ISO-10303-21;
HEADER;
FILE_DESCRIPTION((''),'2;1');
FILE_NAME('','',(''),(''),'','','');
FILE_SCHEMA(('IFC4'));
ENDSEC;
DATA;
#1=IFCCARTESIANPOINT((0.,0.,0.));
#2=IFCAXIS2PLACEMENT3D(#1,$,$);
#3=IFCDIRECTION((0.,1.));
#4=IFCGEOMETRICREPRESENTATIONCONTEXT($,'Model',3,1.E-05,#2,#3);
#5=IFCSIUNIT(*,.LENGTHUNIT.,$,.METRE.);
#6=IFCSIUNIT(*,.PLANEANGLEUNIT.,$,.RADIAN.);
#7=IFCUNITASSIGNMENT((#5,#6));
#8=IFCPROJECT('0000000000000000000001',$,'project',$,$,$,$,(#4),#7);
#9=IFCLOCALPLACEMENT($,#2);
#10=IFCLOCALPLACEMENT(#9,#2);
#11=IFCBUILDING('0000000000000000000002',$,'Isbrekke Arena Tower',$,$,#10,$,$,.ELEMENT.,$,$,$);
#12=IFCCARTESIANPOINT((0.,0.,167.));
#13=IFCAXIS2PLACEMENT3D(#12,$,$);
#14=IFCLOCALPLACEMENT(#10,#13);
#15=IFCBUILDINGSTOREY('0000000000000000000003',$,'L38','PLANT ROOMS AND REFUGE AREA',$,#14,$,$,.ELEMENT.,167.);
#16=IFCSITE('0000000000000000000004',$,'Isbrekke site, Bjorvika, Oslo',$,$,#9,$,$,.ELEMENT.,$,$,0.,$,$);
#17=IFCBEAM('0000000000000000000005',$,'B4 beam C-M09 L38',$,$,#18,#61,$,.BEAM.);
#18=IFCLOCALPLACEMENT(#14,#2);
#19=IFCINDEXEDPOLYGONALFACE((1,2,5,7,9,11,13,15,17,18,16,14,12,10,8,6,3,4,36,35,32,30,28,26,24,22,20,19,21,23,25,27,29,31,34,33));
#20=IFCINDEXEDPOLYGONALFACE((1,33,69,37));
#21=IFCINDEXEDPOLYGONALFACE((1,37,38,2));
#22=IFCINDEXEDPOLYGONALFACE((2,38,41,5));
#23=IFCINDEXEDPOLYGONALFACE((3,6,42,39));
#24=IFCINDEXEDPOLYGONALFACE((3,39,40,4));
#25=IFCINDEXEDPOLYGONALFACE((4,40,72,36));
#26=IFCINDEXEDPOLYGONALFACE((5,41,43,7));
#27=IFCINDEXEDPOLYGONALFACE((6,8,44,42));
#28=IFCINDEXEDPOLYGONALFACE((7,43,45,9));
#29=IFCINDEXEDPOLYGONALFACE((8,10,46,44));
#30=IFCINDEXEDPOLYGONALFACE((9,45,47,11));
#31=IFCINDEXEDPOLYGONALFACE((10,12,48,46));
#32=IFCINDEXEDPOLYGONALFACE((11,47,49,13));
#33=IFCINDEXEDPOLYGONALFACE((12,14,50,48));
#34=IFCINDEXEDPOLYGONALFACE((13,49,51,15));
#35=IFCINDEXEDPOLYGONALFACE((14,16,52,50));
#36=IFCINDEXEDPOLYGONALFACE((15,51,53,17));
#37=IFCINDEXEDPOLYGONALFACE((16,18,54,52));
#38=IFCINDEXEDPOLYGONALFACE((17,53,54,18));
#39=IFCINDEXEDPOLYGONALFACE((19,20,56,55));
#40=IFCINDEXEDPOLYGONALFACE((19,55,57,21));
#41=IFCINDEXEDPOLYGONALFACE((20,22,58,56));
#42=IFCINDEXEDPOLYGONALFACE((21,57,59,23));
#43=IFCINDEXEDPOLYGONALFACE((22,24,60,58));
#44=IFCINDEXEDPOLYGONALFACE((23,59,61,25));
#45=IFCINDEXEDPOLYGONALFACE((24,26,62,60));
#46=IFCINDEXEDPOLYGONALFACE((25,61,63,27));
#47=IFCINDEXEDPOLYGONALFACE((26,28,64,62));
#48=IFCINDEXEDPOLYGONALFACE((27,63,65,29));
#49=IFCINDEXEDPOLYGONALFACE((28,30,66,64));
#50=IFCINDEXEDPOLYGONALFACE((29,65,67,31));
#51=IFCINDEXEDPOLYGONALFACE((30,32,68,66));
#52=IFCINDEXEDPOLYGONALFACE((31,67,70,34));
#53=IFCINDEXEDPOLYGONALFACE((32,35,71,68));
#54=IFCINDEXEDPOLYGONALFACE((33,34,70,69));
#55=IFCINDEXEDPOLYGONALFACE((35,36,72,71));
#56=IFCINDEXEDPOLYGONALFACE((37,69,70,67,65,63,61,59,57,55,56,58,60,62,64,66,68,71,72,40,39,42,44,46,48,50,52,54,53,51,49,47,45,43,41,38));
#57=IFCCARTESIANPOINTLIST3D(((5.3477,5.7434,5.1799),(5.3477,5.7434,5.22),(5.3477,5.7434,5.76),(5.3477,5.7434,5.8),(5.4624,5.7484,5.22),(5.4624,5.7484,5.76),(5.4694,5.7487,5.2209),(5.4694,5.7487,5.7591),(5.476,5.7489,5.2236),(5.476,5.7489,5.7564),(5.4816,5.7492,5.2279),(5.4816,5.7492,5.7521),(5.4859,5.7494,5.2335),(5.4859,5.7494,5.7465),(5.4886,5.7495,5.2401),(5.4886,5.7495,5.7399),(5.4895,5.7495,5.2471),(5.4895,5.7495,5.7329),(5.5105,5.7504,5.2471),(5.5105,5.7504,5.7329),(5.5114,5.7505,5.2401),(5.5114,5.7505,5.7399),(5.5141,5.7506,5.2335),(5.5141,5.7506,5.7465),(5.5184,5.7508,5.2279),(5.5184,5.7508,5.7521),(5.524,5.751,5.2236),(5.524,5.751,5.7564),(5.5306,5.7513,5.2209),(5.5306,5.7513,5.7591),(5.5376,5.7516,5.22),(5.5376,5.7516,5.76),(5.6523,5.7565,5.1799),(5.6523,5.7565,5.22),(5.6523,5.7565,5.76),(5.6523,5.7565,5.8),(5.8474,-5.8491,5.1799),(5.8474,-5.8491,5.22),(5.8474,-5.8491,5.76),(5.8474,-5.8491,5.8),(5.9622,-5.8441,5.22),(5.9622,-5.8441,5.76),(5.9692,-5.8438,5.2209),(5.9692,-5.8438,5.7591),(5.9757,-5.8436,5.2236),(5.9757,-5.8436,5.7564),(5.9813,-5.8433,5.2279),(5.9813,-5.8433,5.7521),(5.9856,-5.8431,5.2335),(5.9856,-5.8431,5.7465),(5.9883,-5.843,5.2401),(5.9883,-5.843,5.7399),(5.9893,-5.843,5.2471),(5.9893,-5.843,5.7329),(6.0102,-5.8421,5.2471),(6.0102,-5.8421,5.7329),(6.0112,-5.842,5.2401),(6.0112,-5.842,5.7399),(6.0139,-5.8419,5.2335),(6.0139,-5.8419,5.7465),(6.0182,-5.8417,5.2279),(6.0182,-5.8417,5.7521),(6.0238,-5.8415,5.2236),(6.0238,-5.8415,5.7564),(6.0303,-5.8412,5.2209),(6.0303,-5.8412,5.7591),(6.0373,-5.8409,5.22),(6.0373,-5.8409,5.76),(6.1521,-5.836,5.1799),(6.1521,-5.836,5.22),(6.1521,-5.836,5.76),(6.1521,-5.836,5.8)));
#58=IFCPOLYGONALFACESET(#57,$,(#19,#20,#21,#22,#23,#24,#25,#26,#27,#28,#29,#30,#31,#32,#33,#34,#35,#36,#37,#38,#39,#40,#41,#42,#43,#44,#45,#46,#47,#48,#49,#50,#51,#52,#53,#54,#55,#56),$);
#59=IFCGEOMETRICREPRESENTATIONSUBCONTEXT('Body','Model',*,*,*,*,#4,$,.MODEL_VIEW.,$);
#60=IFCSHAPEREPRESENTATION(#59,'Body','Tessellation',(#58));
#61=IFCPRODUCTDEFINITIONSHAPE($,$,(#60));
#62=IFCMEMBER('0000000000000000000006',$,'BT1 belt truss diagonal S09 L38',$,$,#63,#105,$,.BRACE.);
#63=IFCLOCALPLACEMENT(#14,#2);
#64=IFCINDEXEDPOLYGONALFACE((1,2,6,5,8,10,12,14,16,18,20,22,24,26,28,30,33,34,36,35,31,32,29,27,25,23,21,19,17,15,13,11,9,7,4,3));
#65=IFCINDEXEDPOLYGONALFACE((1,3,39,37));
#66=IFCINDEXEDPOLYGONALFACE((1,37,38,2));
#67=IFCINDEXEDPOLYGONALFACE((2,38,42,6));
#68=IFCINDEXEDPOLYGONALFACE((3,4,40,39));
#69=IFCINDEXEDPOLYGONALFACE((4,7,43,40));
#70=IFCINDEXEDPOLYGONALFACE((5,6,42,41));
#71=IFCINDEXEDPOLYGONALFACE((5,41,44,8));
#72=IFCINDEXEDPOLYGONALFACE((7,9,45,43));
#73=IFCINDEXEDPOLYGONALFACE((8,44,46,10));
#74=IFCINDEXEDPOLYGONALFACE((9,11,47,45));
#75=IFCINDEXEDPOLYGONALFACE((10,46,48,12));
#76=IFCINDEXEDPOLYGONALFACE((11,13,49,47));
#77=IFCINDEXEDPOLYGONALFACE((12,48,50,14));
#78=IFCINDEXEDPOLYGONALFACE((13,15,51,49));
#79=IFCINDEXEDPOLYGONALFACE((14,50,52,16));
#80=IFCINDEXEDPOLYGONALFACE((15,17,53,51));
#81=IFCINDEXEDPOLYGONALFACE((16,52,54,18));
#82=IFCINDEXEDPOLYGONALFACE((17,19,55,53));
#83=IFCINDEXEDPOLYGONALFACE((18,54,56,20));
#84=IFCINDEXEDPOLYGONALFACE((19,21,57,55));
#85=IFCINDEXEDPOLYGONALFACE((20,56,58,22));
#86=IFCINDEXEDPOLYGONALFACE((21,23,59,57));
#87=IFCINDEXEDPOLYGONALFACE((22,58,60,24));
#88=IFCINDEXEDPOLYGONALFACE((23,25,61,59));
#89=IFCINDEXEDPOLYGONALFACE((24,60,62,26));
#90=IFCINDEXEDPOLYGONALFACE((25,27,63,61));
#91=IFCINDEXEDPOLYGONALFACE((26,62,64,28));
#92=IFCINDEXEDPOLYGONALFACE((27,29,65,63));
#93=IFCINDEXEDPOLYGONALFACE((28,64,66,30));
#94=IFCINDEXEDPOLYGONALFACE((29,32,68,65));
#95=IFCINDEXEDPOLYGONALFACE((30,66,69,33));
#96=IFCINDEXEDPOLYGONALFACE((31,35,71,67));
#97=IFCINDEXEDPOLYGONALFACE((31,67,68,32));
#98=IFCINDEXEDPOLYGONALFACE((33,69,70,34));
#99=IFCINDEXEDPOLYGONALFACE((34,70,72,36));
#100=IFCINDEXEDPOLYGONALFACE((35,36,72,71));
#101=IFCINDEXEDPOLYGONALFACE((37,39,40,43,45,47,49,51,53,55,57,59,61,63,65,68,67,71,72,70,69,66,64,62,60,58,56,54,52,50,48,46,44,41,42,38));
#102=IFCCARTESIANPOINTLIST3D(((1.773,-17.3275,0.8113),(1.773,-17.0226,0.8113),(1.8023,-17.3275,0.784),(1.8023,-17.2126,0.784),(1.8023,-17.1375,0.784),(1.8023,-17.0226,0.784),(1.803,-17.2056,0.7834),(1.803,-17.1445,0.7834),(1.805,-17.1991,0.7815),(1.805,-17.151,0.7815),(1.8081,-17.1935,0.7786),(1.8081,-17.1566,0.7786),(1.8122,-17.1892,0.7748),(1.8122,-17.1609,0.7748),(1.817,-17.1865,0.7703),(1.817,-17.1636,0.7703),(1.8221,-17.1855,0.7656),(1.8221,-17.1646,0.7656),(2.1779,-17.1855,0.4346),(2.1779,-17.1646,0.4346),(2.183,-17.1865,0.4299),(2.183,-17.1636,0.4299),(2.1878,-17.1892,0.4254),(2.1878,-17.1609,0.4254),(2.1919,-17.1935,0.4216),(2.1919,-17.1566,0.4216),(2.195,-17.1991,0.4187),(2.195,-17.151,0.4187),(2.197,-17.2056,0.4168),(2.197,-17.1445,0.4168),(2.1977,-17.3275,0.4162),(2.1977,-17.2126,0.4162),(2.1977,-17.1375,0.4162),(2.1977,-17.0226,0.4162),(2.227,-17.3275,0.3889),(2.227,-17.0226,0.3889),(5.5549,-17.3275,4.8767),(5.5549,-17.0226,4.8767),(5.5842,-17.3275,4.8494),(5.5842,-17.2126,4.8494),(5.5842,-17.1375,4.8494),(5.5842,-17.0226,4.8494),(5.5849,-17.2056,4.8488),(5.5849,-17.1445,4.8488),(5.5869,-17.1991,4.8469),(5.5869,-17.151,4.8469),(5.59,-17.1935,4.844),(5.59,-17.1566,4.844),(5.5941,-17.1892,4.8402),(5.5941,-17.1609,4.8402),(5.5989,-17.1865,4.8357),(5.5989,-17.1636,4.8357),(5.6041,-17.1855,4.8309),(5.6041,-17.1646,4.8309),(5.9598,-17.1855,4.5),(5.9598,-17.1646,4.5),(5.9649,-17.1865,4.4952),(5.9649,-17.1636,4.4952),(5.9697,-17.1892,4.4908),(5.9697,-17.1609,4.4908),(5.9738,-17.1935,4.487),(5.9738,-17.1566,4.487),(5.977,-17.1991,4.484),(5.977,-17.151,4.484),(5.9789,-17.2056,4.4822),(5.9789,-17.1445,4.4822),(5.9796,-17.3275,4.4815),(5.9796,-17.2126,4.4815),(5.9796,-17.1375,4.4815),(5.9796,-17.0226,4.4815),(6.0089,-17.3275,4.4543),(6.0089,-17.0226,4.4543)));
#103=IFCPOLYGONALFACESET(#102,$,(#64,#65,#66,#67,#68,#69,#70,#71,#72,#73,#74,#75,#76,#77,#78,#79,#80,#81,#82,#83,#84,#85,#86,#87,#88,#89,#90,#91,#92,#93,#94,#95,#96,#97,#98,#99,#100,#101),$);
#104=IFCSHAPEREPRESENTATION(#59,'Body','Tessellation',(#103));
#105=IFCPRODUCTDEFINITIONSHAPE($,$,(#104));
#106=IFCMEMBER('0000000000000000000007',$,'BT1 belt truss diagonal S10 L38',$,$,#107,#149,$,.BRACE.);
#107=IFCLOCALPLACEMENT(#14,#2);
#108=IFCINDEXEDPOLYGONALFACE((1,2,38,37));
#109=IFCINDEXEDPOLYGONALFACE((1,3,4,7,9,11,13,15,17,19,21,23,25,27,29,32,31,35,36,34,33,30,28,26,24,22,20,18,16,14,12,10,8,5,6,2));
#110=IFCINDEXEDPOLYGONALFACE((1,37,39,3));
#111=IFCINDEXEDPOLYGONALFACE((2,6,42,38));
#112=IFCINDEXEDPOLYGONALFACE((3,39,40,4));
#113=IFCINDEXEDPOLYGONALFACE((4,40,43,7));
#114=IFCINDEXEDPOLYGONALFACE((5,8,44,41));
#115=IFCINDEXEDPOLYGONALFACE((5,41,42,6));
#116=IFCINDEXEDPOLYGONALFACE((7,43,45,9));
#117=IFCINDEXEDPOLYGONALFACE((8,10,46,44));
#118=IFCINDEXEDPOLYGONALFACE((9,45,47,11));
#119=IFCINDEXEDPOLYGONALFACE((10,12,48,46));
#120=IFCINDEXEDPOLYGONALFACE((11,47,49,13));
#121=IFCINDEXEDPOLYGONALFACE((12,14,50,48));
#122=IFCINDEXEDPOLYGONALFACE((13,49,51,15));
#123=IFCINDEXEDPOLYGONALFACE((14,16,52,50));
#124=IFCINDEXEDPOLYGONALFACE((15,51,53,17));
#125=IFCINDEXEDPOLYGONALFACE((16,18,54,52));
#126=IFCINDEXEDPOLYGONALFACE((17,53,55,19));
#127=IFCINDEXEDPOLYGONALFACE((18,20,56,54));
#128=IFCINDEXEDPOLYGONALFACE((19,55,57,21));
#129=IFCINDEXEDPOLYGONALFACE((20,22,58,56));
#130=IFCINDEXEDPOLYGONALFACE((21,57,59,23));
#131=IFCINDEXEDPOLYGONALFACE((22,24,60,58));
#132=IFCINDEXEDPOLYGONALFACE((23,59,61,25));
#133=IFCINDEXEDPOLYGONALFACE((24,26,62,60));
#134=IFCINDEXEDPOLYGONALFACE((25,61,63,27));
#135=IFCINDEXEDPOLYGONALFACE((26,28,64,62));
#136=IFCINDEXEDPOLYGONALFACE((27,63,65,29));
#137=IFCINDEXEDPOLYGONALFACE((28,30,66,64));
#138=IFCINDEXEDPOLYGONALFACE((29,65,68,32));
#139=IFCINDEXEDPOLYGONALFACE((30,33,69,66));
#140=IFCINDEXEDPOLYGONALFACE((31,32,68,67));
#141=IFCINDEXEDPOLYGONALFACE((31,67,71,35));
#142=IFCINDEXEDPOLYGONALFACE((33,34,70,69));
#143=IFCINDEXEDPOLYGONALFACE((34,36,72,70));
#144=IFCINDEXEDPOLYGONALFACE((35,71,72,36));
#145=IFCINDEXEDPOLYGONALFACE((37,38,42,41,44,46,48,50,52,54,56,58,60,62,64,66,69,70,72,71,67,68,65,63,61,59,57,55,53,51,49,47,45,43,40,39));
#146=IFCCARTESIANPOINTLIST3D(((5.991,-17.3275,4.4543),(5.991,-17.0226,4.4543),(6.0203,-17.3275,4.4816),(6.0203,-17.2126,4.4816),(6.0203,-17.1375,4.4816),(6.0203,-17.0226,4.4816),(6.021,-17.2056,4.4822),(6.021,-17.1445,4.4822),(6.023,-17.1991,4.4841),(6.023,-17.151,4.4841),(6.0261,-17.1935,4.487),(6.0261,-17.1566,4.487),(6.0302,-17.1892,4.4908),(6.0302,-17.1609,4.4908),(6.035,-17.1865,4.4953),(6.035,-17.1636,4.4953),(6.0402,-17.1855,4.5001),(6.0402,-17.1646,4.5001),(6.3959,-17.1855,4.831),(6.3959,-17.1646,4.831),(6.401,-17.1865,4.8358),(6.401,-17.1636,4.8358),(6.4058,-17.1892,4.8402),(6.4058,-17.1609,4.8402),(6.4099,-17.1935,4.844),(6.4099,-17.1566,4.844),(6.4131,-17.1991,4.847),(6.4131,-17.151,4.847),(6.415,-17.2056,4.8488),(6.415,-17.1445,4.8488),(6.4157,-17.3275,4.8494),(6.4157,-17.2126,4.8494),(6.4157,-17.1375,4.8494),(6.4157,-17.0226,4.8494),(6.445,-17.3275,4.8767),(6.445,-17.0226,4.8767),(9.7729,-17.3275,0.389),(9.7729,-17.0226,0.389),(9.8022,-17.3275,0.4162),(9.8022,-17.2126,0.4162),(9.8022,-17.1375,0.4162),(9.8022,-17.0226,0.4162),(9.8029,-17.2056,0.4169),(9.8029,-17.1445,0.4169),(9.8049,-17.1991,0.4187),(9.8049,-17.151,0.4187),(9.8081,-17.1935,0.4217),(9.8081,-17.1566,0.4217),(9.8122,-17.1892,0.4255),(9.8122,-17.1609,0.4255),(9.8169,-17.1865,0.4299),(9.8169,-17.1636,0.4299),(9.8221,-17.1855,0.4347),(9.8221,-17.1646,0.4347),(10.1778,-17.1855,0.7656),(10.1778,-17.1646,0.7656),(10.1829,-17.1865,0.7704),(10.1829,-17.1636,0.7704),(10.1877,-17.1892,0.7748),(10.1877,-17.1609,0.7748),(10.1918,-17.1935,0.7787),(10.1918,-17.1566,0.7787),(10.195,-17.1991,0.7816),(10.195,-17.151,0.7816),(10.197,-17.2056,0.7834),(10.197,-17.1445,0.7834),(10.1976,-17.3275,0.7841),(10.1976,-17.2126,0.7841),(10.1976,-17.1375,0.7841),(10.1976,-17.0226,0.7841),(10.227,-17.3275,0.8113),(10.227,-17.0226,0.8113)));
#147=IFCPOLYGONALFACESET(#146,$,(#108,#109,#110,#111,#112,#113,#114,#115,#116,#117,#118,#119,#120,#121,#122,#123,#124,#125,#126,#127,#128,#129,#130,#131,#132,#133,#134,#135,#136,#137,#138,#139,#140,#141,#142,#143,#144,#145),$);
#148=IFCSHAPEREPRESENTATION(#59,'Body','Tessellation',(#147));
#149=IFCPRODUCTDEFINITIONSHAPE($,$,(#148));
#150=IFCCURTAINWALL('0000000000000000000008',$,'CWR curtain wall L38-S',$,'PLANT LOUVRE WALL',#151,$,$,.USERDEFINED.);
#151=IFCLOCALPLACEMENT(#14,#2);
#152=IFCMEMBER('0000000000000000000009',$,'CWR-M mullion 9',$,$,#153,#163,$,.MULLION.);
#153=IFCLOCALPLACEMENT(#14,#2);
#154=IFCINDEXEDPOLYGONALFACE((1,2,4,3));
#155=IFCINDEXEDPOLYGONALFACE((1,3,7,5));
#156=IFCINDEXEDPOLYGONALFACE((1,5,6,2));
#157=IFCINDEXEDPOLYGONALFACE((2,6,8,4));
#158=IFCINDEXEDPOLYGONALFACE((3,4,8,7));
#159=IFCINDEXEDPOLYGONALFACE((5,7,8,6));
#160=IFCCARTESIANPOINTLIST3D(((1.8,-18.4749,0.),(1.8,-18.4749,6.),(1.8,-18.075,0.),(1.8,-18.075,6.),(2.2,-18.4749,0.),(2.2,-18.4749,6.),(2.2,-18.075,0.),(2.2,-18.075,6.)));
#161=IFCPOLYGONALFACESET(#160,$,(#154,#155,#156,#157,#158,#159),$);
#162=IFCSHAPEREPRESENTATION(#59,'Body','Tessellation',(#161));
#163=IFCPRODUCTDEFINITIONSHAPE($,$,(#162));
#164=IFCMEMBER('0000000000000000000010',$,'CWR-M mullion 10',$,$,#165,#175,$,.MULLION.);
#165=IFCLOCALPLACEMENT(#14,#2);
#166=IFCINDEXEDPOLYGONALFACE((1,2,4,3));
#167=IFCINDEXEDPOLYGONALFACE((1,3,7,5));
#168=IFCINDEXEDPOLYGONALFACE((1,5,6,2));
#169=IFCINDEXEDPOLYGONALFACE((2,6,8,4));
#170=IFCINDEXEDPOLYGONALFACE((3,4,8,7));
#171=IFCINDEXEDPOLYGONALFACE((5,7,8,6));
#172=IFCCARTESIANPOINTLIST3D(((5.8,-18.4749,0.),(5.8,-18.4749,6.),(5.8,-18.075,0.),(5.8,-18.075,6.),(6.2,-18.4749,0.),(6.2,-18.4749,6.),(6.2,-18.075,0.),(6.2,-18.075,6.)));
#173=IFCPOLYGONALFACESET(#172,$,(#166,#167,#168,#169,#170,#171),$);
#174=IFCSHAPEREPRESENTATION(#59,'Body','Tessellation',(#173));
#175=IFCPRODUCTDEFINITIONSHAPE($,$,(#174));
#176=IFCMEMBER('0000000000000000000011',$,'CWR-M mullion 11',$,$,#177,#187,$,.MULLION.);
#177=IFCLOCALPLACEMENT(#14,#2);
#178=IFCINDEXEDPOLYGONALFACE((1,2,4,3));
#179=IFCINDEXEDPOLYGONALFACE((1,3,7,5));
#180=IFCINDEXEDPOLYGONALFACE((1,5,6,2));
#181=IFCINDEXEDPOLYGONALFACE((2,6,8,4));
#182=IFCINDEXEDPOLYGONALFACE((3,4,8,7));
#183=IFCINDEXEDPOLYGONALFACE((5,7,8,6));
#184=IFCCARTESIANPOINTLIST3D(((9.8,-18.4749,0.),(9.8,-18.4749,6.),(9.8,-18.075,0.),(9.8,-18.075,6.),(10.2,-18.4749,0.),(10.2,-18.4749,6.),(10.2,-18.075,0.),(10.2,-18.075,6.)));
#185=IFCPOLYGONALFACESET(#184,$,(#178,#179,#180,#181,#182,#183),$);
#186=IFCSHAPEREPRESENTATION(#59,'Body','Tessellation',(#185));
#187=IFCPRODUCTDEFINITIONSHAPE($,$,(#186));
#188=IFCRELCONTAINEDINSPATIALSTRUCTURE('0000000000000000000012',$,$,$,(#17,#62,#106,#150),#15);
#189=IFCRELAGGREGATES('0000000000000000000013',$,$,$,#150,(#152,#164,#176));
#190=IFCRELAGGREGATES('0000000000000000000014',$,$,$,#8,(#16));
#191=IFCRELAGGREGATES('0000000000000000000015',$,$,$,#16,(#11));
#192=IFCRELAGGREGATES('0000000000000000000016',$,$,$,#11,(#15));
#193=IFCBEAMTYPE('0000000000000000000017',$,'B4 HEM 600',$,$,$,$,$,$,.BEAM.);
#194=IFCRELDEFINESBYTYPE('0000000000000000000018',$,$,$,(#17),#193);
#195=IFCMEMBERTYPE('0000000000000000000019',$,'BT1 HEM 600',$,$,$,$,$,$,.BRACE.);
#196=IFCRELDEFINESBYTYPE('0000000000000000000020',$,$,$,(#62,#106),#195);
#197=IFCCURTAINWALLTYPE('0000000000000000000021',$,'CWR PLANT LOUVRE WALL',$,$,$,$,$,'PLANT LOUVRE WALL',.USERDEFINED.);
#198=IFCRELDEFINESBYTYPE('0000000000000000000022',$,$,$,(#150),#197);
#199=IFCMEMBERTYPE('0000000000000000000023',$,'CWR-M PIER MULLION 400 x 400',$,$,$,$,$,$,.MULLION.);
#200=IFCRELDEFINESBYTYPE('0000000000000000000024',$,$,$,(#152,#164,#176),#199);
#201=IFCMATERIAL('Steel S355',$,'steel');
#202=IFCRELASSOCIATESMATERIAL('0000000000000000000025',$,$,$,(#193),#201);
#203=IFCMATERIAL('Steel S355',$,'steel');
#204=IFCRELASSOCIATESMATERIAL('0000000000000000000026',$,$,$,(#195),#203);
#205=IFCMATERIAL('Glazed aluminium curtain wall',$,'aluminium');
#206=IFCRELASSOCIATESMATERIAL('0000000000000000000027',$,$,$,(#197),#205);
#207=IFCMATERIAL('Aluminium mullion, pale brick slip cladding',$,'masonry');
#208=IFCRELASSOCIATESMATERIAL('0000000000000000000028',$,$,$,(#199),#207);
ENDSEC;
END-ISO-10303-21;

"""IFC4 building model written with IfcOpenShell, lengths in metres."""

from ifc_helpers import new_model, si_unit, direction, frame, origin, origin_2d, place, context, subcontext, project, spatial, rectangle, i_section, extrude, material, material_profile, profile_set, type_object, element, aggregate, save


model = new_model("IFC4")

# Units and contexts
model_context = context("Model", 3, precision=1e-05, world=origin(), true_north=direction((0.0, 1.0)))
body_context = subcontext(model_context, "Body", "Model", "MODEL_VIEW")
ifc_project = project(units=[si_unit("LENGTHUNIT", "METRE"), si_unit("PLANEANGLEUNIT", "RADIAN")], contexts=[model_context])

# Site, building, storey
site_placement = place(None, origin())
site = spatial("IfcSite", under=ifc_project, at=site_placement, Name="Isbrekke site, Bjorvika, Oslo", CompositionType="ELEMENT", RefElevation=0.0)
building_placement = place(site_placement, origin())
building = spatial("IfcBuilding", under=site, at=building_placement, Name="Isbrekke Arena Tower", CompositionType="ELEMENT")
storey_placement = place(building_placement, frame((0.0, 0.0, 167.0)))
storey = spatial("IfcBuildingStorey", under=building, at=storey_placement, Name="L38", Description="PLANT ROOMS AND REFUGE AREA", CompositionType="ELEMENT", Elevation=167.0)

# Beam
ifc_material_1 = material(Name="Steel S355", Category="steel")
ifc_material_profile_1 = material_profile(ifc_material_1, i_section(OverallWidth=0.3049, OverallDepth=0.6201, WebThickness=0.021, FlangeThickness=0.04, FilletRadius=0.0271, at=origin_2d()), Name="HEM 600")
ifc_profile_set_1 = profile_set([ifc_material_profile_1], Name="Steel S355")
beam_type_1 = type_object("IfcBeamType", Name="B4 HEM 600", PredefinedType="BEAM", material=ifc_profile_set_1)
beam_1_placement = place(storey_placement, frame((5.9998, -5.8425, 5.49), z_axis=(-0.04307, 0.999072, 0.0), x_axis=(-0.999072, -0.04307, 0.0)))
element("IfcBeam", 1, at=beam_1_placement, inside=storey, type_object=beam_type_1, Name="B4 beam C-M09 L38", PredefinedType="BEAM", context=body_context, shape_type="SweptSolid", body=[
    extrude(i_section(OverallWidth=0.3049, OverallDepth=0.6201, WebThickness=0.021, FlangeThickness=0.04, FilletRadius=0.0271, at=origin_2d()), origin(), (0.0, 0.0, 1.0), 11.6033),
])

# Members
ifc_material_2 = material(Name="Steel S355", Category="steel")
ifc_material_profile_2 = material_profile(ifc_material_2, i_section(OverallWidth=0.3049, OverallDepth=0.6201, WebThickness=0.021, FlangeThickness=0.04, FilletRadius=0.0271, at=origin_2d()), Name="HEM 600")
ifc_profile_set_2 = profile_set([ifc_material_profile_2], Name="Steel S355")
member_type_1 = type_object("IfcMemberType", Name="BT1 HEM 600", PredefinedType="BRACE", material=ifc_profile_set_2)
for number, where, z_axis, x_axis, name in (
    (2, (2.0, -17.175, 0.6001), (0.681122, 0.0, 0.73217), (0.0, 1.0, 0.0), "BT1 belt truss diagonal S09 L38"),
    (3, (6.218, -17.175, 4.6655), (0.681122, 0.0, -0.73217), (0.0, 1.0, 0.0), "BT1 belt truss diagonal S10 L38"),
):
    element("IfcMember", number, at=place(storey_placement, frame(where, z_axis=z_axis, x_axis=x_axis)), inside=storey, type_object=member_type_1, Name=name, PredefinedType="BRACE", context=body_context, shape_type="SweptSolid", body=[
        extrude(i_section(OverallWidth=0.3049, OverallDepth=0.6201, WebThickness=0.021, FlangeThickness=0.04, FilletRadius=0.0271, at=origin_2d()), origin(), (0.0, 0.0, 1.0), 5.5525),
    ])

# Curtain wall, members
ifc_material_3 = material(Name="Glazed aluminium curtain wall", Category="aluminium")
curtain_wall_type = type_object("IfcCurtainWallType", Name="CWR PLANT LOUVRE WALL", ElementType="PLANT LOUVRE WALL", PredefinedType="USERDEFINED", material=ifc_material_3)
curtain_wall_placement = place(storey_placement, origin())
curtain_wall = element("IfcCurtainWall", 4, at=curtain_wall_placement, inside=storey, type_object=curtain_wall_type, Name="CWR curtain wall L38-S", ObjectType="PLANT LOUVRE WALL", PredefinedType="USERDEFINED")
ifc_material_4 = material(Name="Aluminium mullion, pale brick slip cladding", Category="masonry")
ifc_material_profile_3 = material_profile(ifc_material_4, rectangle(XDim=0.3999, YDim=0.3999, at=origin_2d()), Name="PIER 400X400")
ifc_profile_set_3 = profile_set([ifc_material_profile_3], Name="Aluminium mullion, pale brick slip cladding")
member_type_2 = type_object("IfcMemberType", Name="CWR-M PIER MULLION 400 x 400", PredefinedType="MULLION", material=ifc_profile_set_3)
member_1_placement = place(storey_placement, frame((2.0, -18.2749, 0.0), z_axis=(0.0, 0.0, 1.0), x_axis=(1.0, 0.0, 0.0)))
member_1 = element("IfcMember", 5, at=member_1_placement, type_object=member_type_2, Name="CWR-M mullion 9", PredefinedType="MULLION", context=body_context, shape_type="SweptSolid", body=[
    extrude(rectangle(XDim=0.3999, YDim=0.3999, at=origin_2d()), origin(), (0.0, 0.0, 1.0), 6.0),
])
member_2_placement = place(storey_placement, frame((6.0, -18.2749, 0.0), z_axis=(0.0, 0.0, 1.0), x_axis=(1.0, 0.0, 0.0)))
member_2 = element("IfcMember", 6, at=member_2_placement, type_object=member_type_2, Name="CWR-M mullion 10", PredefinedType="MULLION", context=body_context, shape_type="SweptSolid", body=[
    extrude(rectangle(XDim=0.3999, YDim=0.3999, at=origin_2d()), origin(), (0.0, 0.0, 1.0), 6.0),
])
member_3_placement = place(storey_placement, frame((10.0, -18.2749, 0.0), z_axis=(0.0, 0.0, 1.0), x_axis=(1.0, 0.0, 0.0)))
member_3 = element("IfcMember", 7, at=member_3_placement, type_object=member_type_2, Name="CWR-M mullion 11", PredefinedType="MULLION", context=body_context, shape_type="SweptSolid", body=[
    extrude(rectangle(XDim=0.3999, YDim=0.3999, at=origin_2d()), origin(), (0.0, 0.0, 1.0), 6.0),
])

aggregate(curtain_wall, [member_1, member_2, member_3])

save(model, "model.ifc")
